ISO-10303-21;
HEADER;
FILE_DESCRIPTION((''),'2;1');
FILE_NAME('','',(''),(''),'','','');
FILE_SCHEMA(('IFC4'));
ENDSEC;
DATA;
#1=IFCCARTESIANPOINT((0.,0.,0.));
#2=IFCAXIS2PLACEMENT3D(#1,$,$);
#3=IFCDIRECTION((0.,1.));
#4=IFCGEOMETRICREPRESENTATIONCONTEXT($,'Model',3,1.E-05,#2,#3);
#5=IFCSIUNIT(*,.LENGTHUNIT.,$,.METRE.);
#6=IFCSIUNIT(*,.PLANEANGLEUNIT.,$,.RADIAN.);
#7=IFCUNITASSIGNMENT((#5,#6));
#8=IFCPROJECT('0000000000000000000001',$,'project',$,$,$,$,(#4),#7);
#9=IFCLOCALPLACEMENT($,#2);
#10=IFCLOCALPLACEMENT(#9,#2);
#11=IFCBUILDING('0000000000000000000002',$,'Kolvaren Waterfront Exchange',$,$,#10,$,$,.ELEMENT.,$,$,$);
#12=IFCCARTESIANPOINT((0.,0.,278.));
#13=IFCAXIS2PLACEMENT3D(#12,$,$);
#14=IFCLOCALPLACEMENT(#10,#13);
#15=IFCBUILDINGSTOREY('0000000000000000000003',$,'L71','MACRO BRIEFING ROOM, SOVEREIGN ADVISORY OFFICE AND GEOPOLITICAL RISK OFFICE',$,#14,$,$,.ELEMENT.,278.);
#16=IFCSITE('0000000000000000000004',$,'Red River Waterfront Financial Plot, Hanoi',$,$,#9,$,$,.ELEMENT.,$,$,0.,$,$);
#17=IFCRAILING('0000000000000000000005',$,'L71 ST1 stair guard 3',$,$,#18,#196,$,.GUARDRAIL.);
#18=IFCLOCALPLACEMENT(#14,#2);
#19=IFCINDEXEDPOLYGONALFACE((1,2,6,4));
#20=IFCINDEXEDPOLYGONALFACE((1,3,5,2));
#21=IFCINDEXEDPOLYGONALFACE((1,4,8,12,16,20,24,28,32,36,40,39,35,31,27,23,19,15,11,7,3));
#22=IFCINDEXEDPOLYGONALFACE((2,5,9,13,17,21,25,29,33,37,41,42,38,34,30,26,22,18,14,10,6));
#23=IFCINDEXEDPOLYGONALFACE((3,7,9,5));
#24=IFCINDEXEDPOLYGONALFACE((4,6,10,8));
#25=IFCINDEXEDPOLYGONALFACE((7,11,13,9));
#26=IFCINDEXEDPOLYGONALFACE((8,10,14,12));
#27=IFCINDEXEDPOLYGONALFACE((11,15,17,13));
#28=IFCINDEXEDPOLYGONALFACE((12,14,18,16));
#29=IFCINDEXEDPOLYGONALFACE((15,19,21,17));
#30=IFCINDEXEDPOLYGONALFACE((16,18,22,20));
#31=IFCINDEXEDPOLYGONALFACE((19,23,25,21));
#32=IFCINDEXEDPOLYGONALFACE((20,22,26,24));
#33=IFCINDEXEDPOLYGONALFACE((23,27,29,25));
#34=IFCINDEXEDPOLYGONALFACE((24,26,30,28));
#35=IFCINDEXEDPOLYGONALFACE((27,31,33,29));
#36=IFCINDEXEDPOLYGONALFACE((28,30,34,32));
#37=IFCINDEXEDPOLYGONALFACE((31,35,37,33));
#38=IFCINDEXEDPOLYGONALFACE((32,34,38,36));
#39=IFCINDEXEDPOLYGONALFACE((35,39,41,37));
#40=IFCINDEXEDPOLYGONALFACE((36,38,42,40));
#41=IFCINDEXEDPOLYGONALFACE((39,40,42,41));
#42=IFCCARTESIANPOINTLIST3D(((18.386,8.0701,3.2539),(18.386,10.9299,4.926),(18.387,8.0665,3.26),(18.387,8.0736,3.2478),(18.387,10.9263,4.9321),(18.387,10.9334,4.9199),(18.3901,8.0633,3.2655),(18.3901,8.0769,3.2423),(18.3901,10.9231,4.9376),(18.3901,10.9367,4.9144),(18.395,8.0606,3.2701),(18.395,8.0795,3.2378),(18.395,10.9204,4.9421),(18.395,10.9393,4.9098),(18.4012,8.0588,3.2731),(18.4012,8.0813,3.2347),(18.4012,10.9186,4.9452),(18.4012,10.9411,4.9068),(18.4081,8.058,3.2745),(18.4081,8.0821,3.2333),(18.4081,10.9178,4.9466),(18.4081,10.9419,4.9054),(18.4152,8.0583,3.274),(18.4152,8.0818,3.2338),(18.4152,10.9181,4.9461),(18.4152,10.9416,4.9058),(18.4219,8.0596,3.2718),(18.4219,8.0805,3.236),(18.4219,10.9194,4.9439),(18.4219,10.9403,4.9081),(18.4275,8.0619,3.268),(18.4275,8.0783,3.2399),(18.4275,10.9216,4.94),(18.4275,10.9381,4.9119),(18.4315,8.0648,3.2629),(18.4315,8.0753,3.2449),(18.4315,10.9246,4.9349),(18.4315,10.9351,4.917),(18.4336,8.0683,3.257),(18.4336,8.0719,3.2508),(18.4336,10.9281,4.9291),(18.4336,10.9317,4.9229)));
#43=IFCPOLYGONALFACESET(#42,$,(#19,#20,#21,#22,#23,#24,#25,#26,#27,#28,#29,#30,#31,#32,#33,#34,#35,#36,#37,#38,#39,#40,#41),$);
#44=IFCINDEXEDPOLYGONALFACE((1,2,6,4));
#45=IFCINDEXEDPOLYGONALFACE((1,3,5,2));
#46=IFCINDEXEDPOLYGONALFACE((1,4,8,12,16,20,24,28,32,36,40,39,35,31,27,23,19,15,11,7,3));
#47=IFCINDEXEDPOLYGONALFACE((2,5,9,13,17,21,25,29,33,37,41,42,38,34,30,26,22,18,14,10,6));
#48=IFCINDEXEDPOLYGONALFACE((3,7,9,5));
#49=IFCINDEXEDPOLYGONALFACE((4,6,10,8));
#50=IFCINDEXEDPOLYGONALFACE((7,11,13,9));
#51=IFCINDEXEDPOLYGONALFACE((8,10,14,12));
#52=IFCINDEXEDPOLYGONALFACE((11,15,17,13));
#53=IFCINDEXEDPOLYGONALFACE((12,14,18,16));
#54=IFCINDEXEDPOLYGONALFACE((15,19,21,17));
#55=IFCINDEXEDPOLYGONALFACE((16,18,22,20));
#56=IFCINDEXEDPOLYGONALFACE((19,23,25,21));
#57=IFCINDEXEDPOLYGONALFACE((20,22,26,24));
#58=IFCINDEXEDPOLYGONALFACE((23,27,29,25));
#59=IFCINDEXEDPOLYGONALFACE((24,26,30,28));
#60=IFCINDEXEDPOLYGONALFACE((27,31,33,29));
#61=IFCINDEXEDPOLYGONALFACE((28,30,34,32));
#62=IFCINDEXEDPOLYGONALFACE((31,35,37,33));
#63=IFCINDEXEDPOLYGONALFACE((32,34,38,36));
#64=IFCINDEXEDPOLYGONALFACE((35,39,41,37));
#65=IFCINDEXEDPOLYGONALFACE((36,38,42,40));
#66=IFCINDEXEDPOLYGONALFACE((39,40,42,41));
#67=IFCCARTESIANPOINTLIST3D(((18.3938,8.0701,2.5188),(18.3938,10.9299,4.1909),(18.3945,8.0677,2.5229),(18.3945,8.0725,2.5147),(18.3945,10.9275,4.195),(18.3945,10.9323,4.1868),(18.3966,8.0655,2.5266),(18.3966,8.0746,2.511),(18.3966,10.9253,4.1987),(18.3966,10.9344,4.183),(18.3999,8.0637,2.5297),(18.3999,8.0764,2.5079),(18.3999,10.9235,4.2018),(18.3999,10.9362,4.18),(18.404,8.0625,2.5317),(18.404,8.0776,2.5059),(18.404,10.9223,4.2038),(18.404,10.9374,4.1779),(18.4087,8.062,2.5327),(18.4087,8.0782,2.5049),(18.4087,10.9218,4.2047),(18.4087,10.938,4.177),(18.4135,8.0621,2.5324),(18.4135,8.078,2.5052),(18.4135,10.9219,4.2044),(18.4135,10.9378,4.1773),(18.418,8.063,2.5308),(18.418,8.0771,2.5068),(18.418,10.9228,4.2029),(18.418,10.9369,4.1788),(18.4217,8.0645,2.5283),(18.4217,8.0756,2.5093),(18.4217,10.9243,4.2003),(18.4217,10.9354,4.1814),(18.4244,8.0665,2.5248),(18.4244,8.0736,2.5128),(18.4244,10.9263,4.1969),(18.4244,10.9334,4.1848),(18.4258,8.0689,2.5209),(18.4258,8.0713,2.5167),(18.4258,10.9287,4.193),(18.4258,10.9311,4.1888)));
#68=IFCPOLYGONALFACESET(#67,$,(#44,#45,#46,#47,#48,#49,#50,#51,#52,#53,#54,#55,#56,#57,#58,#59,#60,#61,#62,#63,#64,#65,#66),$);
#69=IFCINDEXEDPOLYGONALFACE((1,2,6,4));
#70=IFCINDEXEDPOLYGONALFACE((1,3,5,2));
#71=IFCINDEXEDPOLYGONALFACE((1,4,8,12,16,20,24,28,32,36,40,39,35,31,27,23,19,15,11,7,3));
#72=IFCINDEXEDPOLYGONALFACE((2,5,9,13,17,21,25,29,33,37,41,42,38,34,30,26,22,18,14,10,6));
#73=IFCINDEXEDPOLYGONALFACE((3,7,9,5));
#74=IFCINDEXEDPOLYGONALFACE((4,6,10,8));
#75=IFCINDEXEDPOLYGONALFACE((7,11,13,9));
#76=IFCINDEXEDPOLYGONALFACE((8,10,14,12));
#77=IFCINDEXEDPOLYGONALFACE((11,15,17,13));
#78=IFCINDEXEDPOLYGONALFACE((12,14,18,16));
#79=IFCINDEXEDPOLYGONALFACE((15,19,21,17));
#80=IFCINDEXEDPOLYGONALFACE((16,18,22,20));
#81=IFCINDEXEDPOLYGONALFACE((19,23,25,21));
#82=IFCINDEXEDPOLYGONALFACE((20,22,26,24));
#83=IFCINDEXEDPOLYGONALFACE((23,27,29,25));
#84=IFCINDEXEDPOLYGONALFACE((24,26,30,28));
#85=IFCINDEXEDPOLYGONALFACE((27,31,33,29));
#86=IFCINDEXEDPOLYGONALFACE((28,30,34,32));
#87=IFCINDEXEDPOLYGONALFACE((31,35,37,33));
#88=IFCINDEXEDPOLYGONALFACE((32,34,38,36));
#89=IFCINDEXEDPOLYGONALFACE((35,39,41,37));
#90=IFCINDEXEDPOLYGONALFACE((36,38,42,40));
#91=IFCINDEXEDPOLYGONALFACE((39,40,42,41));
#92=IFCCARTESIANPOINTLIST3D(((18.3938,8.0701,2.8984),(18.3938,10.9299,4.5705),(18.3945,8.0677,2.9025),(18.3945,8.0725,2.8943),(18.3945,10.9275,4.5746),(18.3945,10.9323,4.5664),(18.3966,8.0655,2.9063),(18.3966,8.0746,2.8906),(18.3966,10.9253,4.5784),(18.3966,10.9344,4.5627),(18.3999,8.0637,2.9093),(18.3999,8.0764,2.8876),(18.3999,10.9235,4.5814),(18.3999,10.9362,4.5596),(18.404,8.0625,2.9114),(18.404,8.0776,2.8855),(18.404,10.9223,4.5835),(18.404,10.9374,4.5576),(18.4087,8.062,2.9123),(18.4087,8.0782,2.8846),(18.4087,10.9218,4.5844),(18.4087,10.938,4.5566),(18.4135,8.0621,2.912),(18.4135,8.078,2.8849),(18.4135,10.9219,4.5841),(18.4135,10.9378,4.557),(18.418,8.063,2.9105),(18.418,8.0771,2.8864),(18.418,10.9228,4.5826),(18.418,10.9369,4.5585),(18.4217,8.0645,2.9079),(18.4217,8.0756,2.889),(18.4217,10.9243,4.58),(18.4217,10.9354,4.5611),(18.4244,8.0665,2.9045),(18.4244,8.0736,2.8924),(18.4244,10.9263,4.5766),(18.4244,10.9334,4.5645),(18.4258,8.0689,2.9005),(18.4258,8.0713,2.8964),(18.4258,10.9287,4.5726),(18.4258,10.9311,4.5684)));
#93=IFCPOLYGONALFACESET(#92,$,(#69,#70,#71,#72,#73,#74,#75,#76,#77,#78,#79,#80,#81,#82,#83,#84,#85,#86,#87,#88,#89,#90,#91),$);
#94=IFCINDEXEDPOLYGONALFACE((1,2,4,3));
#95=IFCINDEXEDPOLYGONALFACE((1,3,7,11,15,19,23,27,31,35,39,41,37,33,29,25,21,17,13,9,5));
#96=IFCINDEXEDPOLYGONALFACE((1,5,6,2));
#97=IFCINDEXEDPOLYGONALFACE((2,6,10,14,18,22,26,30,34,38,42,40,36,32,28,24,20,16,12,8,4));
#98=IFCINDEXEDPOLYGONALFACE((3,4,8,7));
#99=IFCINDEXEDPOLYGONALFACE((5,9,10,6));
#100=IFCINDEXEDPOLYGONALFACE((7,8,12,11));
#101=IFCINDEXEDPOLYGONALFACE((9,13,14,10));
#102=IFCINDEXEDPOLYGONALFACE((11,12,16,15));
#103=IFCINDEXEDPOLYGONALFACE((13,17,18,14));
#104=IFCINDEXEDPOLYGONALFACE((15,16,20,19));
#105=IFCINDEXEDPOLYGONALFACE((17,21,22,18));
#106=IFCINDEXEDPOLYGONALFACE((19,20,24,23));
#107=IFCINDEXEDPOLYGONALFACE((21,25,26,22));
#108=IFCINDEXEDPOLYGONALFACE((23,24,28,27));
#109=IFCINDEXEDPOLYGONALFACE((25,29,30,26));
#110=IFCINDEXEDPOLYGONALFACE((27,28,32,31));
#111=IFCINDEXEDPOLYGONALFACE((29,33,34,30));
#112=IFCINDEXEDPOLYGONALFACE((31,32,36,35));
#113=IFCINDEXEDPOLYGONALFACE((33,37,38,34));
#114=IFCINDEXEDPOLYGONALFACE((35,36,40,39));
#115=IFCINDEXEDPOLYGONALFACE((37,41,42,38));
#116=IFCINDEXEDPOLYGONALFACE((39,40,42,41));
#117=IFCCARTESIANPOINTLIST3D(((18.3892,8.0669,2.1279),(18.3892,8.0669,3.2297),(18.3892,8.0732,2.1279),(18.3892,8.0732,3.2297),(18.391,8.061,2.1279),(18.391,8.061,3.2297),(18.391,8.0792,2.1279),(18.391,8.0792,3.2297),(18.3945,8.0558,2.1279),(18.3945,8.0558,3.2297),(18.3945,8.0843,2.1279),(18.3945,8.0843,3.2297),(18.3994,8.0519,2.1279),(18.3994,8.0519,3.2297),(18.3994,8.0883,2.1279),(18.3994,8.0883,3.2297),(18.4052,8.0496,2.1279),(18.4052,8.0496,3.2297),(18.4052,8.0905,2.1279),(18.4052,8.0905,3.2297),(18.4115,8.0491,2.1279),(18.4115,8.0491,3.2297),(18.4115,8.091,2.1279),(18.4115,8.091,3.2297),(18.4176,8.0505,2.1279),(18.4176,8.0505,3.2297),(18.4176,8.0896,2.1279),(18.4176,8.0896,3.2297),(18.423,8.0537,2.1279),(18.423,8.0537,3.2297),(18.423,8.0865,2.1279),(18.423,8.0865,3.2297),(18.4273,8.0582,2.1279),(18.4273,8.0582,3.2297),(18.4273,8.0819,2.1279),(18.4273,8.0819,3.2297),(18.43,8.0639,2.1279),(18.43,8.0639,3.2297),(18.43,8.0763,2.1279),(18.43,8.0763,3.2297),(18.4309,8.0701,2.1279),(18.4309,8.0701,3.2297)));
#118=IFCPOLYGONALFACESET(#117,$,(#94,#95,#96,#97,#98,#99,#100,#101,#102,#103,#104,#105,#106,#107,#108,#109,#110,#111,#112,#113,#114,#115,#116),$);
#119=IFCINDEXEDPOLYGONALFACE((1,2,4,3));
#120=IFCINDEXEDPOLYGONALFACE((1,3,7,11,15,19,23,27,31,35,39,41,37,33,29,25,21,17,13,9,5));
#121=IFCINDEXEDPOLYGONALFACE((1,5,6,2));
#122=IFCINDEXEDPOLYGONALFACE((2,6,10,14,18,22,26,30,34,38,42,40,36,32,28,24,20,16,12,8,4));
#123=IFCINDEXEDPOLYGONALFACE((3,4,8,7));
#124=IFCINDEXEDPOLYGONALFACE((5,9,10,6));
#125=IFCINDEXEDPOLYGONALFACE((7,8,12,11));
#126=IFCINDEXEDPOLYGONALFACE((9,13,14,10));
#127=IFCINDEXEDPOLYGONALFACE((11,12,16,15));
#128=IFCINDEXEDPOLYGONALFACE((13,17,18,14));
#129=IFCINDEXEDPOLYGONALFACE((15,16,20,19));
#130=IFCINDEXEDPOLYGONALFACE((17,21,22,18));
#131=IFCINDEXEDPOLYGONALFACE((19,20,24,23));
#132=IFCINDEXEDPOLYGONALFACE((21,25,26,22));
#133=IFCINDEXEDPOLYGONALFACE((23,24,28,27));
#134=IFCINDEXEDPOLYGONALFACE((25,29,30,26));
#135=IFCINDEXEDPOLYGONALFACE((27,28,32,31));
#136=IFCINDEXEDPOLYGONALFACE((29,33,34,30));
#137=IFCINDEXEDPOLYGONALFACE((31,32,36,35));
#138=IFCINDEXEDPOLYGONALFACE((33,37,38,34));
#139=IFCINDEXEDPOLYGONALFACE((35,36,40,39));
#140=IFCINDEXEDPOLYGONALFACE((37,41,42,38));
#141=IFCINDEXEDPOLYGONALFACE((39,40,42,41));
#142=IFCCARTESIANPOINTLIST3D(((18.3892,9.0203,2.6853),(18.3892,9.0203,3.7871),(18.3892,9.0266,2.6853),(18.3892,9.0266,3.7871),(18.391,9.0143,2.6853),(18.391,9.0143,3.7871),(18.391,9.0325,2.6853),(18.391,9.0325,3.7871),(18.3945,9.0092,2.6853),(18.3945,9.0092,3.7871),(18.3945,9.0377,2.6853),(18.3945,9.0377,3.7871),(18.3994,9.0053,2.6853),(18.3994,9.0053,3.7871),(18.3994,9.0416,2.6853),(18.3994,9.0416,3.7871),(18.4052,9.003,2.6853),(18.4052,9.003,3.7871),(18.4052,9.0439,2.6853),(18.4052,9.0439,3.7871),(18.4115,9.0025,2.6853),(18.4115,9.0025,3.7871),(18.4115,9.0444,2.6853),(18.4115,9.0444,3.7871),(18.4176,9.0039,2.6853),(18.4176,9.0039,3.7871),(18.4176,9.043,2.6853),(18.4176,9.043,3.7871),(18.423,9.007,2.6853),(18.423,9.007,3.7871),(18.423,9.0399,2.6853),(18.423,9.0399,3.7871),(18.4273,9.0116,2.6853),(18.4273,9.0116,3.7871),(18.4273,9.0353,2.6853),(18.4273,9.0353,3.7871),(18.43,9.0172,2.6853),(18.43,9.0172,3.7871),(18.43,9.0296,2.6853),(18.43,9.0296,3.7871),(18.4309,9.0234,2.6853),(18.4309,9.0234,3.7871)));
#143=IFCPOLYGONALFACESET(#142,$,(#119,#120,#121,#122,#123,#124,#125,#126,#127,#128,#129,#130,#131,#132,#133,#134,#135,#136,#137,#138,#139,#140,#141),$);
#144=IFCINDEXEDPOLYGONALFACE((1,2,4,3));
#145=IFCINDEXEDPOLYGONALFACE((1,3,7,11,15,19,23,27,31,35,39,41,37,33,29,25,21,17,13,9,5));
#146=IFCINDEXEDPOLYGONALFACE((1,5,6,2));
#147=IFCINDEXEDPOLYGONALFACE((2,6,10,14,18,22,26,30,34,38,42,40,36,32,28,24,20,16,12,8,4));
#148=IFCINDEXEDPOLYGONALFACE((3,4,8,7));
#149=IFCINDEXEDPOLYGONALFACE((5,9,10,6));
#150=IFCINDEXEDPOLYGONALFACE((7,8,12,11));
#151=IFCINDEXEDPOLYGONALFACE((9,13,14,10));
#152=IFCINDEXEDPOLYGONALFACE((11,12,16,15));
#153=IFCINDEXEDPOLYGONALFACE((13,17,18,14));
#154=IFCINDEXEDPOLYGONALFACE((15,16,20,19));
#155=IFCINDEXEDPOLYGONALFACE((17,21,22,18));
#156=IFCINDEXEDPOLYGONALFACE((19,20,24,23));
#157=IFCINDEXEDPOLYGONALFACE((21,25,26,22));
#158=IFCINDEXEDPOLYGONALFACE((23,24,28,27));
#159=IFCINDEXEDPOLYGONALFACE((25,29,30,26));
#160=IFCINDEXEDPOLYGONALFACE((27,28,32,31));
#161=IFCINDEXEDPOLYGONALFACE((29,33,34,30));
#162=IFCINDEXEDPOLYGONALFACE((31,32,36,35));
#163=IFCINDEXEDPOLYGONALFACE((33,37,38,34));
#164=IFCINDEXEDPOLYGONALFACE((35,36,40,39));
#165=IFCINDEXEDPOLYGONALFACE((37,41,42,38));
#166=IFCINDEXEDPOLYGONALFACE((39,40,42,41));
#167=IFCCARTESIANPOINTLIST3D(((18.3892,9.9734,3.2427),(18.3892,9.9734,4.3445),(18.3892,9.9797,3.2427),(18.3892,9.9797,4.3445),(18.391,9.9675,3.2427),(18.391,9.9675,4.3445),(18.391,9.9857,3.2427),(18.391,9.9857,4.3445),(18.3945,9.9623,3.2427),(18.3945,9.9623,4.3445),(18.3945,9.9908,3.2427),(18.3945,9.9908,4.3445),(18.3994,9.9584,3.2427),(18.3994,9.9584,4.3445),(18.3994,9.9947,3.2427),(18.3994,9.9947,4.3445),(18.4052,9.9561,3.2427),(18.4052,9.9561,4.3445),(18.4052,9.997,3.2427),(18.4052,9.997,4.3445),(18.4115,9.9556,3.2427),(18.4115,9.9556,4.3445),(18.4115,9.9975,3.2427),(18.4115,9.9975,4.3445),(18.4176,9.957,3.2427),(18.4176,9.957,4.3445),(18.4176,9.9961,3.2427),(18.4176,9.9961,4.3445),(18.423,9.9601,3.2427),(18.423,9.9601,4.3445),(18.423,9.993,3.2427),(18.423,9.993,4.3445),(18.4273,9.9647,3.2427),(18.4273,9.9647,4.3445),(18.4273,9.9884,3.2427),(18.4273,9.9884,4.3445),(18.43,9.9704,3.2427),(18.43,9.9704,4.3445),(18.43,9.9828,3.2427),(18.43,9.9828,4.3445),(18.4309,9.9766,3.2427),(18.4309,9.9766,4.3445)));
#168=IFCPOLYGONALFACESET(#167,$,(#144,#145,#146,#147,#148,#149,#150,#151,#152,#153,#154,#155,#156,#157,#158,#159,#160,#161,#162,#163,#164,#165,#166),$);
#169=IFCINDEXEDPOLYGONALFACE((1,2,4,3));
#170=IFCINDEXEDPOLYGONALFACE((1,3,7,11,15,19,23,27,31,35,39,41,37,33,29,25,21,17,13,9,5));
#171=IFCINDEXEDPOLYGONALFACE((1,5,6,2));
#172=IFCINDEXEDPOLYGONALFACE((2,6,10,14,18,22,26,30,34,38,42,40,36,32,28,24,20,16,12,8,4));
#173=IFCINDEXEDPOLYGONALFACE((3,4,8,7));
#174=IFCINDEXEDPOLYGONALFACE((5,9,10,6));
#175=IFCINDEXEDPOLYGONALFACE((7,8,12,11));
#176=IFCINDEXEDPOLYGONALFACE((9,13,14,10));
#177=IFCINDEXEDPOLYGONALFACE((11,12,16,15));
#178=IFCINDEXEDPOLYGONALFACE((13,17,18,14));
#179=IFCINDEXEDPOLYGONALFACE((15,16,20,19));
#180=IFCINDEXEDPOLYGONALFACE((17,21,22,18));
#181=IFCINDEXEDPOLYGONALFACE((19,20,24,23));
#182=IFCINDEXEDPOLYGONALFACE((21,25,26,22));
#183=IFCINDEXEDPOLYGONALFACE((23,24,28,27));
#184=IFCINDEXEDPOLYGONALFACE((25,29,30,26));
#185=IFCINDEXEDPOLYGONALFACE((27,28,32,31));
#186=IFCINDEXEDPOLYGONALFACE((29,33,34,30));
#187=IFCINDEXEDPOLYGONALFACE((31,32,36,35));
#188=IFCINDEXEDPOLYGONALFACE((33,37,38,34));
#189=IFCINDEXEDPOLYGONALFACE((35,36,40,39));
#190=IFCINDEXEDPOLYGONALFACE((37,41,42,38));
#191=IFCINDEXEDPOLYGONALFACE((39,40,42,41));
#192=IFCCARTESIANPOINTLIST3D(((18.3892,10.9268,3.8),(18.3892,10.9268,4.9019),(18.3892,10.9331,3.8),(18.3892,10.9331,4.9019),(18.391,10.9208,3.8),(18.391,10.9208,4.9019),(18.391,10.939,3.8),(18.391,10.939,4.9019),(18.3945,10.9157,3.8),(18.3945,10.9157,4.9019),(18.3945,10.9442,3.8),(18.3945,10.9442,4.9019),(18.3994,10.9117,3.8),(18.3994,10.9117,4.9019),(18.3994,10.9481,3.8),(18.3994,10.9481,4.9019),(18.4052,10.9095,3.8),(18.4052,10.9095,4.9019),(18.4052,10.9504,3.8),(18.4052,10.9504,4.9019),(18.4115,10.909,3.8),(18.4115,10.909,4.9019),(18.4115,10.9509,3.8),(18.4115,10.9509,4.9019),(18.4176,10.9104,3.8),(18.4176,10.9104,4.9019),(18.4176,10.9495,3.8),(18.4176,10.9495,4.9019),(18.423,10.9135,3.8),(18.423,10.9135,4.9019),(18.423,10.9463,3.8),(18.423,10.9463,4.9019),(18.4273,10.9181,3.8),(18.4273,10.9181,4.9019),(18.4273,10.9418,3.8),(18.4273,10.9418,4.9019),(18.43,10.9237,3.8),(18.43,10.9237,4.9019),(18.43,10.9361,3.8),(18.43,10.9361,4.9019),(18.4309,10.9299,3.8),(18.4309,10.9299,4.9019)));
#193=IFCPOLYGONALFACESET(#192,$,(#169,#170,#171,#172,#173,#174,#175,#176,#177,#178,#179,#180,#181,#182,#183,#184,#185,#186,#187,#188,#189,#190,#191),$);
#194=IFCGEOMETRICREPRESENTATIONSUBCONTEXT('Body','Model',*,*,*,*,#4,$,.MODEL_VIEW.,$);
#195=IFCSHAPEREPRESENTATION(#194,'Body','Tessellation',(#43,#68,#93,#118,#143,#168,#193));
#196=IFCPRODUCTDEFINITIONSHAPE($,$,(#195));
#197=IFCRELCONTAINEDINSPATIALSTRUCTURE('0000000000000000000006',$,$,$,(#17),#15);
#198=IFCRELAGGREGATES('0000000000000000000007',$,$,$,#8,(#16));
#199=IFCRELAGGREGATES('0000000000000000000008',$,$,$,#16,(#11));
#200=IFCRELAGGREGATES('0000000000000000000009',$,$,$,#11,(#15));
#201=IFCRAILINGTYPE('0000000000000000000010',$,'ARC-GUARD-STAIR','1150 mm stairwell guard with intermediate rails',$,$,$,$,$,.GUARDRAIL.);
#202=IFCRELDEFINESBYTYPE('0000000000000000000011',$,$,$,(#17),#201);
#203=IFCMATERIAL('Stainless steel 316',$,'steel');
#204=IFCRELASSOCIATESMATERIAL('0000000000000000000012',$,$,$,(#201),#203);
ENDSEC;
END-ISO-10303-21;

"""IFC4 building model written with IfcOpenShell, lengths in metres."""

from ifc_helpers import new_model, si_unit, direction, frame, origin, origin_2d, place, context, subcontext, project, spatial, circle, extrude, material, type_object, element, save


model = new_model("IFC4")

# Units and contexts
model_context = context("Model", 3, precision=1e-05, world=origin(), true_north=direction((0.0, 1.0)))
body_context = subcontext(model_context, "Body", "Model", "MODEL_VIEW")
ifc_project = project(units=[si_unit("LENGTHUNIT", "METRE"), si_unit("PLANEANGLEUNIT", "RADIAN")], contexts=[model_context])

# Site, building, storey
site_placement = place(None, origin())
site = spatial("IfcSite", under=ifc_project, at=site_placement, Name="Red River Waterfront Financial Plot, Hanoi", CompositionType="ELEMENT", RefElevation=0.0)
building_placement = place(site_placement, origin())
building = spatial("IfcBuilding", under=site, at=building_placement, Name="Kolvaren Waterfront Exchange", CompositionType="ELEMENT")
storey_placement = place(building_placement, frame((0.0, 0.0, 278.0)))
storey = spatial("IfcBuildingStorey", under=building, at=storey_placement, Name="L71", Description="MACRO BRIEFING ROOM, SOVEREIGN ADVISORY OFFICE AND GEOPOLITICAL RISK OFFICE", CompositionType="ELEMENT", Elevation=278.0)

# Railing
ifc_material_1 = material(Name="Stainless steel 316", Category="steel")
railing_type_1 = type_object("IfcRailingType", Name="ARC-GUARD-STAIR", Description="1150 mm stairwell guard with intermediate rails", PredefinedType="GUARDRAIL", material=ifc_material_1)
railing_1_placement = place(storey_placement, frame((18.4099, 8.0701, 2.1279)))
element("IfcRailing", 1, at=railing_1_placement, inside=storey, type_object=railing_type_1, Name="L71 ST1 stair guard 3", PredefinedType="GUARDRAIL", context=body_context, shape_type="SweptSolid", body=[
    extrude(circle(Radius=0.0239, at=origin_2d()), frame((0.0, 0.0, 1.126), z_axis=(0.0, 0.863271, 0.504741), x_axis=(-1.0, 0.0, 0.0)), (0.0, 0.0, 1.0), 3.3127),
    extrude(circle(Radius=0.0161, at=origin_2d()), frame((0.0, 0.0, 0.3909), z_axis=(0.0, 0.863271, 0.504741), x_axis=(-1.0, 0.0, 0.0)), (0.0, 0.0, 1.0), 3.3127),
    extrude(circle(Radius=0.0161, at=origin_2d()), frame((0.0, 0.0, 0.7705), z_axis=(0.0, 0.863271, 0.504741), x_axis=(-1.0, 0.0, 0.0)), (0.0, 0.0, 1.0), 3.3127),
    extrude(circle(Radius=0.021, at=origin_2d()), origin(), (0.0, 0.0, 1.0), 1.1018),
    extrude(circle(Radius=0.021, at=origin_2d()), frame((0.0, 0.9534, 0.5574)), (0.0, 0.0, 1.0), 1.1018),
    extrude(circle(Radius=0.021, at=origin_2d()), frame((0.0, 1.9065, 1.1147)), (0.0, 0.0, 1.0), 1.1018),
    extrude(circle(Radius=0.021, at=origin_2d()), frame((0.0, 2.8599, 1.6721)), (0.0, 0.0, 1.0), 1.1018),
])

save(model, "model.ifc")
